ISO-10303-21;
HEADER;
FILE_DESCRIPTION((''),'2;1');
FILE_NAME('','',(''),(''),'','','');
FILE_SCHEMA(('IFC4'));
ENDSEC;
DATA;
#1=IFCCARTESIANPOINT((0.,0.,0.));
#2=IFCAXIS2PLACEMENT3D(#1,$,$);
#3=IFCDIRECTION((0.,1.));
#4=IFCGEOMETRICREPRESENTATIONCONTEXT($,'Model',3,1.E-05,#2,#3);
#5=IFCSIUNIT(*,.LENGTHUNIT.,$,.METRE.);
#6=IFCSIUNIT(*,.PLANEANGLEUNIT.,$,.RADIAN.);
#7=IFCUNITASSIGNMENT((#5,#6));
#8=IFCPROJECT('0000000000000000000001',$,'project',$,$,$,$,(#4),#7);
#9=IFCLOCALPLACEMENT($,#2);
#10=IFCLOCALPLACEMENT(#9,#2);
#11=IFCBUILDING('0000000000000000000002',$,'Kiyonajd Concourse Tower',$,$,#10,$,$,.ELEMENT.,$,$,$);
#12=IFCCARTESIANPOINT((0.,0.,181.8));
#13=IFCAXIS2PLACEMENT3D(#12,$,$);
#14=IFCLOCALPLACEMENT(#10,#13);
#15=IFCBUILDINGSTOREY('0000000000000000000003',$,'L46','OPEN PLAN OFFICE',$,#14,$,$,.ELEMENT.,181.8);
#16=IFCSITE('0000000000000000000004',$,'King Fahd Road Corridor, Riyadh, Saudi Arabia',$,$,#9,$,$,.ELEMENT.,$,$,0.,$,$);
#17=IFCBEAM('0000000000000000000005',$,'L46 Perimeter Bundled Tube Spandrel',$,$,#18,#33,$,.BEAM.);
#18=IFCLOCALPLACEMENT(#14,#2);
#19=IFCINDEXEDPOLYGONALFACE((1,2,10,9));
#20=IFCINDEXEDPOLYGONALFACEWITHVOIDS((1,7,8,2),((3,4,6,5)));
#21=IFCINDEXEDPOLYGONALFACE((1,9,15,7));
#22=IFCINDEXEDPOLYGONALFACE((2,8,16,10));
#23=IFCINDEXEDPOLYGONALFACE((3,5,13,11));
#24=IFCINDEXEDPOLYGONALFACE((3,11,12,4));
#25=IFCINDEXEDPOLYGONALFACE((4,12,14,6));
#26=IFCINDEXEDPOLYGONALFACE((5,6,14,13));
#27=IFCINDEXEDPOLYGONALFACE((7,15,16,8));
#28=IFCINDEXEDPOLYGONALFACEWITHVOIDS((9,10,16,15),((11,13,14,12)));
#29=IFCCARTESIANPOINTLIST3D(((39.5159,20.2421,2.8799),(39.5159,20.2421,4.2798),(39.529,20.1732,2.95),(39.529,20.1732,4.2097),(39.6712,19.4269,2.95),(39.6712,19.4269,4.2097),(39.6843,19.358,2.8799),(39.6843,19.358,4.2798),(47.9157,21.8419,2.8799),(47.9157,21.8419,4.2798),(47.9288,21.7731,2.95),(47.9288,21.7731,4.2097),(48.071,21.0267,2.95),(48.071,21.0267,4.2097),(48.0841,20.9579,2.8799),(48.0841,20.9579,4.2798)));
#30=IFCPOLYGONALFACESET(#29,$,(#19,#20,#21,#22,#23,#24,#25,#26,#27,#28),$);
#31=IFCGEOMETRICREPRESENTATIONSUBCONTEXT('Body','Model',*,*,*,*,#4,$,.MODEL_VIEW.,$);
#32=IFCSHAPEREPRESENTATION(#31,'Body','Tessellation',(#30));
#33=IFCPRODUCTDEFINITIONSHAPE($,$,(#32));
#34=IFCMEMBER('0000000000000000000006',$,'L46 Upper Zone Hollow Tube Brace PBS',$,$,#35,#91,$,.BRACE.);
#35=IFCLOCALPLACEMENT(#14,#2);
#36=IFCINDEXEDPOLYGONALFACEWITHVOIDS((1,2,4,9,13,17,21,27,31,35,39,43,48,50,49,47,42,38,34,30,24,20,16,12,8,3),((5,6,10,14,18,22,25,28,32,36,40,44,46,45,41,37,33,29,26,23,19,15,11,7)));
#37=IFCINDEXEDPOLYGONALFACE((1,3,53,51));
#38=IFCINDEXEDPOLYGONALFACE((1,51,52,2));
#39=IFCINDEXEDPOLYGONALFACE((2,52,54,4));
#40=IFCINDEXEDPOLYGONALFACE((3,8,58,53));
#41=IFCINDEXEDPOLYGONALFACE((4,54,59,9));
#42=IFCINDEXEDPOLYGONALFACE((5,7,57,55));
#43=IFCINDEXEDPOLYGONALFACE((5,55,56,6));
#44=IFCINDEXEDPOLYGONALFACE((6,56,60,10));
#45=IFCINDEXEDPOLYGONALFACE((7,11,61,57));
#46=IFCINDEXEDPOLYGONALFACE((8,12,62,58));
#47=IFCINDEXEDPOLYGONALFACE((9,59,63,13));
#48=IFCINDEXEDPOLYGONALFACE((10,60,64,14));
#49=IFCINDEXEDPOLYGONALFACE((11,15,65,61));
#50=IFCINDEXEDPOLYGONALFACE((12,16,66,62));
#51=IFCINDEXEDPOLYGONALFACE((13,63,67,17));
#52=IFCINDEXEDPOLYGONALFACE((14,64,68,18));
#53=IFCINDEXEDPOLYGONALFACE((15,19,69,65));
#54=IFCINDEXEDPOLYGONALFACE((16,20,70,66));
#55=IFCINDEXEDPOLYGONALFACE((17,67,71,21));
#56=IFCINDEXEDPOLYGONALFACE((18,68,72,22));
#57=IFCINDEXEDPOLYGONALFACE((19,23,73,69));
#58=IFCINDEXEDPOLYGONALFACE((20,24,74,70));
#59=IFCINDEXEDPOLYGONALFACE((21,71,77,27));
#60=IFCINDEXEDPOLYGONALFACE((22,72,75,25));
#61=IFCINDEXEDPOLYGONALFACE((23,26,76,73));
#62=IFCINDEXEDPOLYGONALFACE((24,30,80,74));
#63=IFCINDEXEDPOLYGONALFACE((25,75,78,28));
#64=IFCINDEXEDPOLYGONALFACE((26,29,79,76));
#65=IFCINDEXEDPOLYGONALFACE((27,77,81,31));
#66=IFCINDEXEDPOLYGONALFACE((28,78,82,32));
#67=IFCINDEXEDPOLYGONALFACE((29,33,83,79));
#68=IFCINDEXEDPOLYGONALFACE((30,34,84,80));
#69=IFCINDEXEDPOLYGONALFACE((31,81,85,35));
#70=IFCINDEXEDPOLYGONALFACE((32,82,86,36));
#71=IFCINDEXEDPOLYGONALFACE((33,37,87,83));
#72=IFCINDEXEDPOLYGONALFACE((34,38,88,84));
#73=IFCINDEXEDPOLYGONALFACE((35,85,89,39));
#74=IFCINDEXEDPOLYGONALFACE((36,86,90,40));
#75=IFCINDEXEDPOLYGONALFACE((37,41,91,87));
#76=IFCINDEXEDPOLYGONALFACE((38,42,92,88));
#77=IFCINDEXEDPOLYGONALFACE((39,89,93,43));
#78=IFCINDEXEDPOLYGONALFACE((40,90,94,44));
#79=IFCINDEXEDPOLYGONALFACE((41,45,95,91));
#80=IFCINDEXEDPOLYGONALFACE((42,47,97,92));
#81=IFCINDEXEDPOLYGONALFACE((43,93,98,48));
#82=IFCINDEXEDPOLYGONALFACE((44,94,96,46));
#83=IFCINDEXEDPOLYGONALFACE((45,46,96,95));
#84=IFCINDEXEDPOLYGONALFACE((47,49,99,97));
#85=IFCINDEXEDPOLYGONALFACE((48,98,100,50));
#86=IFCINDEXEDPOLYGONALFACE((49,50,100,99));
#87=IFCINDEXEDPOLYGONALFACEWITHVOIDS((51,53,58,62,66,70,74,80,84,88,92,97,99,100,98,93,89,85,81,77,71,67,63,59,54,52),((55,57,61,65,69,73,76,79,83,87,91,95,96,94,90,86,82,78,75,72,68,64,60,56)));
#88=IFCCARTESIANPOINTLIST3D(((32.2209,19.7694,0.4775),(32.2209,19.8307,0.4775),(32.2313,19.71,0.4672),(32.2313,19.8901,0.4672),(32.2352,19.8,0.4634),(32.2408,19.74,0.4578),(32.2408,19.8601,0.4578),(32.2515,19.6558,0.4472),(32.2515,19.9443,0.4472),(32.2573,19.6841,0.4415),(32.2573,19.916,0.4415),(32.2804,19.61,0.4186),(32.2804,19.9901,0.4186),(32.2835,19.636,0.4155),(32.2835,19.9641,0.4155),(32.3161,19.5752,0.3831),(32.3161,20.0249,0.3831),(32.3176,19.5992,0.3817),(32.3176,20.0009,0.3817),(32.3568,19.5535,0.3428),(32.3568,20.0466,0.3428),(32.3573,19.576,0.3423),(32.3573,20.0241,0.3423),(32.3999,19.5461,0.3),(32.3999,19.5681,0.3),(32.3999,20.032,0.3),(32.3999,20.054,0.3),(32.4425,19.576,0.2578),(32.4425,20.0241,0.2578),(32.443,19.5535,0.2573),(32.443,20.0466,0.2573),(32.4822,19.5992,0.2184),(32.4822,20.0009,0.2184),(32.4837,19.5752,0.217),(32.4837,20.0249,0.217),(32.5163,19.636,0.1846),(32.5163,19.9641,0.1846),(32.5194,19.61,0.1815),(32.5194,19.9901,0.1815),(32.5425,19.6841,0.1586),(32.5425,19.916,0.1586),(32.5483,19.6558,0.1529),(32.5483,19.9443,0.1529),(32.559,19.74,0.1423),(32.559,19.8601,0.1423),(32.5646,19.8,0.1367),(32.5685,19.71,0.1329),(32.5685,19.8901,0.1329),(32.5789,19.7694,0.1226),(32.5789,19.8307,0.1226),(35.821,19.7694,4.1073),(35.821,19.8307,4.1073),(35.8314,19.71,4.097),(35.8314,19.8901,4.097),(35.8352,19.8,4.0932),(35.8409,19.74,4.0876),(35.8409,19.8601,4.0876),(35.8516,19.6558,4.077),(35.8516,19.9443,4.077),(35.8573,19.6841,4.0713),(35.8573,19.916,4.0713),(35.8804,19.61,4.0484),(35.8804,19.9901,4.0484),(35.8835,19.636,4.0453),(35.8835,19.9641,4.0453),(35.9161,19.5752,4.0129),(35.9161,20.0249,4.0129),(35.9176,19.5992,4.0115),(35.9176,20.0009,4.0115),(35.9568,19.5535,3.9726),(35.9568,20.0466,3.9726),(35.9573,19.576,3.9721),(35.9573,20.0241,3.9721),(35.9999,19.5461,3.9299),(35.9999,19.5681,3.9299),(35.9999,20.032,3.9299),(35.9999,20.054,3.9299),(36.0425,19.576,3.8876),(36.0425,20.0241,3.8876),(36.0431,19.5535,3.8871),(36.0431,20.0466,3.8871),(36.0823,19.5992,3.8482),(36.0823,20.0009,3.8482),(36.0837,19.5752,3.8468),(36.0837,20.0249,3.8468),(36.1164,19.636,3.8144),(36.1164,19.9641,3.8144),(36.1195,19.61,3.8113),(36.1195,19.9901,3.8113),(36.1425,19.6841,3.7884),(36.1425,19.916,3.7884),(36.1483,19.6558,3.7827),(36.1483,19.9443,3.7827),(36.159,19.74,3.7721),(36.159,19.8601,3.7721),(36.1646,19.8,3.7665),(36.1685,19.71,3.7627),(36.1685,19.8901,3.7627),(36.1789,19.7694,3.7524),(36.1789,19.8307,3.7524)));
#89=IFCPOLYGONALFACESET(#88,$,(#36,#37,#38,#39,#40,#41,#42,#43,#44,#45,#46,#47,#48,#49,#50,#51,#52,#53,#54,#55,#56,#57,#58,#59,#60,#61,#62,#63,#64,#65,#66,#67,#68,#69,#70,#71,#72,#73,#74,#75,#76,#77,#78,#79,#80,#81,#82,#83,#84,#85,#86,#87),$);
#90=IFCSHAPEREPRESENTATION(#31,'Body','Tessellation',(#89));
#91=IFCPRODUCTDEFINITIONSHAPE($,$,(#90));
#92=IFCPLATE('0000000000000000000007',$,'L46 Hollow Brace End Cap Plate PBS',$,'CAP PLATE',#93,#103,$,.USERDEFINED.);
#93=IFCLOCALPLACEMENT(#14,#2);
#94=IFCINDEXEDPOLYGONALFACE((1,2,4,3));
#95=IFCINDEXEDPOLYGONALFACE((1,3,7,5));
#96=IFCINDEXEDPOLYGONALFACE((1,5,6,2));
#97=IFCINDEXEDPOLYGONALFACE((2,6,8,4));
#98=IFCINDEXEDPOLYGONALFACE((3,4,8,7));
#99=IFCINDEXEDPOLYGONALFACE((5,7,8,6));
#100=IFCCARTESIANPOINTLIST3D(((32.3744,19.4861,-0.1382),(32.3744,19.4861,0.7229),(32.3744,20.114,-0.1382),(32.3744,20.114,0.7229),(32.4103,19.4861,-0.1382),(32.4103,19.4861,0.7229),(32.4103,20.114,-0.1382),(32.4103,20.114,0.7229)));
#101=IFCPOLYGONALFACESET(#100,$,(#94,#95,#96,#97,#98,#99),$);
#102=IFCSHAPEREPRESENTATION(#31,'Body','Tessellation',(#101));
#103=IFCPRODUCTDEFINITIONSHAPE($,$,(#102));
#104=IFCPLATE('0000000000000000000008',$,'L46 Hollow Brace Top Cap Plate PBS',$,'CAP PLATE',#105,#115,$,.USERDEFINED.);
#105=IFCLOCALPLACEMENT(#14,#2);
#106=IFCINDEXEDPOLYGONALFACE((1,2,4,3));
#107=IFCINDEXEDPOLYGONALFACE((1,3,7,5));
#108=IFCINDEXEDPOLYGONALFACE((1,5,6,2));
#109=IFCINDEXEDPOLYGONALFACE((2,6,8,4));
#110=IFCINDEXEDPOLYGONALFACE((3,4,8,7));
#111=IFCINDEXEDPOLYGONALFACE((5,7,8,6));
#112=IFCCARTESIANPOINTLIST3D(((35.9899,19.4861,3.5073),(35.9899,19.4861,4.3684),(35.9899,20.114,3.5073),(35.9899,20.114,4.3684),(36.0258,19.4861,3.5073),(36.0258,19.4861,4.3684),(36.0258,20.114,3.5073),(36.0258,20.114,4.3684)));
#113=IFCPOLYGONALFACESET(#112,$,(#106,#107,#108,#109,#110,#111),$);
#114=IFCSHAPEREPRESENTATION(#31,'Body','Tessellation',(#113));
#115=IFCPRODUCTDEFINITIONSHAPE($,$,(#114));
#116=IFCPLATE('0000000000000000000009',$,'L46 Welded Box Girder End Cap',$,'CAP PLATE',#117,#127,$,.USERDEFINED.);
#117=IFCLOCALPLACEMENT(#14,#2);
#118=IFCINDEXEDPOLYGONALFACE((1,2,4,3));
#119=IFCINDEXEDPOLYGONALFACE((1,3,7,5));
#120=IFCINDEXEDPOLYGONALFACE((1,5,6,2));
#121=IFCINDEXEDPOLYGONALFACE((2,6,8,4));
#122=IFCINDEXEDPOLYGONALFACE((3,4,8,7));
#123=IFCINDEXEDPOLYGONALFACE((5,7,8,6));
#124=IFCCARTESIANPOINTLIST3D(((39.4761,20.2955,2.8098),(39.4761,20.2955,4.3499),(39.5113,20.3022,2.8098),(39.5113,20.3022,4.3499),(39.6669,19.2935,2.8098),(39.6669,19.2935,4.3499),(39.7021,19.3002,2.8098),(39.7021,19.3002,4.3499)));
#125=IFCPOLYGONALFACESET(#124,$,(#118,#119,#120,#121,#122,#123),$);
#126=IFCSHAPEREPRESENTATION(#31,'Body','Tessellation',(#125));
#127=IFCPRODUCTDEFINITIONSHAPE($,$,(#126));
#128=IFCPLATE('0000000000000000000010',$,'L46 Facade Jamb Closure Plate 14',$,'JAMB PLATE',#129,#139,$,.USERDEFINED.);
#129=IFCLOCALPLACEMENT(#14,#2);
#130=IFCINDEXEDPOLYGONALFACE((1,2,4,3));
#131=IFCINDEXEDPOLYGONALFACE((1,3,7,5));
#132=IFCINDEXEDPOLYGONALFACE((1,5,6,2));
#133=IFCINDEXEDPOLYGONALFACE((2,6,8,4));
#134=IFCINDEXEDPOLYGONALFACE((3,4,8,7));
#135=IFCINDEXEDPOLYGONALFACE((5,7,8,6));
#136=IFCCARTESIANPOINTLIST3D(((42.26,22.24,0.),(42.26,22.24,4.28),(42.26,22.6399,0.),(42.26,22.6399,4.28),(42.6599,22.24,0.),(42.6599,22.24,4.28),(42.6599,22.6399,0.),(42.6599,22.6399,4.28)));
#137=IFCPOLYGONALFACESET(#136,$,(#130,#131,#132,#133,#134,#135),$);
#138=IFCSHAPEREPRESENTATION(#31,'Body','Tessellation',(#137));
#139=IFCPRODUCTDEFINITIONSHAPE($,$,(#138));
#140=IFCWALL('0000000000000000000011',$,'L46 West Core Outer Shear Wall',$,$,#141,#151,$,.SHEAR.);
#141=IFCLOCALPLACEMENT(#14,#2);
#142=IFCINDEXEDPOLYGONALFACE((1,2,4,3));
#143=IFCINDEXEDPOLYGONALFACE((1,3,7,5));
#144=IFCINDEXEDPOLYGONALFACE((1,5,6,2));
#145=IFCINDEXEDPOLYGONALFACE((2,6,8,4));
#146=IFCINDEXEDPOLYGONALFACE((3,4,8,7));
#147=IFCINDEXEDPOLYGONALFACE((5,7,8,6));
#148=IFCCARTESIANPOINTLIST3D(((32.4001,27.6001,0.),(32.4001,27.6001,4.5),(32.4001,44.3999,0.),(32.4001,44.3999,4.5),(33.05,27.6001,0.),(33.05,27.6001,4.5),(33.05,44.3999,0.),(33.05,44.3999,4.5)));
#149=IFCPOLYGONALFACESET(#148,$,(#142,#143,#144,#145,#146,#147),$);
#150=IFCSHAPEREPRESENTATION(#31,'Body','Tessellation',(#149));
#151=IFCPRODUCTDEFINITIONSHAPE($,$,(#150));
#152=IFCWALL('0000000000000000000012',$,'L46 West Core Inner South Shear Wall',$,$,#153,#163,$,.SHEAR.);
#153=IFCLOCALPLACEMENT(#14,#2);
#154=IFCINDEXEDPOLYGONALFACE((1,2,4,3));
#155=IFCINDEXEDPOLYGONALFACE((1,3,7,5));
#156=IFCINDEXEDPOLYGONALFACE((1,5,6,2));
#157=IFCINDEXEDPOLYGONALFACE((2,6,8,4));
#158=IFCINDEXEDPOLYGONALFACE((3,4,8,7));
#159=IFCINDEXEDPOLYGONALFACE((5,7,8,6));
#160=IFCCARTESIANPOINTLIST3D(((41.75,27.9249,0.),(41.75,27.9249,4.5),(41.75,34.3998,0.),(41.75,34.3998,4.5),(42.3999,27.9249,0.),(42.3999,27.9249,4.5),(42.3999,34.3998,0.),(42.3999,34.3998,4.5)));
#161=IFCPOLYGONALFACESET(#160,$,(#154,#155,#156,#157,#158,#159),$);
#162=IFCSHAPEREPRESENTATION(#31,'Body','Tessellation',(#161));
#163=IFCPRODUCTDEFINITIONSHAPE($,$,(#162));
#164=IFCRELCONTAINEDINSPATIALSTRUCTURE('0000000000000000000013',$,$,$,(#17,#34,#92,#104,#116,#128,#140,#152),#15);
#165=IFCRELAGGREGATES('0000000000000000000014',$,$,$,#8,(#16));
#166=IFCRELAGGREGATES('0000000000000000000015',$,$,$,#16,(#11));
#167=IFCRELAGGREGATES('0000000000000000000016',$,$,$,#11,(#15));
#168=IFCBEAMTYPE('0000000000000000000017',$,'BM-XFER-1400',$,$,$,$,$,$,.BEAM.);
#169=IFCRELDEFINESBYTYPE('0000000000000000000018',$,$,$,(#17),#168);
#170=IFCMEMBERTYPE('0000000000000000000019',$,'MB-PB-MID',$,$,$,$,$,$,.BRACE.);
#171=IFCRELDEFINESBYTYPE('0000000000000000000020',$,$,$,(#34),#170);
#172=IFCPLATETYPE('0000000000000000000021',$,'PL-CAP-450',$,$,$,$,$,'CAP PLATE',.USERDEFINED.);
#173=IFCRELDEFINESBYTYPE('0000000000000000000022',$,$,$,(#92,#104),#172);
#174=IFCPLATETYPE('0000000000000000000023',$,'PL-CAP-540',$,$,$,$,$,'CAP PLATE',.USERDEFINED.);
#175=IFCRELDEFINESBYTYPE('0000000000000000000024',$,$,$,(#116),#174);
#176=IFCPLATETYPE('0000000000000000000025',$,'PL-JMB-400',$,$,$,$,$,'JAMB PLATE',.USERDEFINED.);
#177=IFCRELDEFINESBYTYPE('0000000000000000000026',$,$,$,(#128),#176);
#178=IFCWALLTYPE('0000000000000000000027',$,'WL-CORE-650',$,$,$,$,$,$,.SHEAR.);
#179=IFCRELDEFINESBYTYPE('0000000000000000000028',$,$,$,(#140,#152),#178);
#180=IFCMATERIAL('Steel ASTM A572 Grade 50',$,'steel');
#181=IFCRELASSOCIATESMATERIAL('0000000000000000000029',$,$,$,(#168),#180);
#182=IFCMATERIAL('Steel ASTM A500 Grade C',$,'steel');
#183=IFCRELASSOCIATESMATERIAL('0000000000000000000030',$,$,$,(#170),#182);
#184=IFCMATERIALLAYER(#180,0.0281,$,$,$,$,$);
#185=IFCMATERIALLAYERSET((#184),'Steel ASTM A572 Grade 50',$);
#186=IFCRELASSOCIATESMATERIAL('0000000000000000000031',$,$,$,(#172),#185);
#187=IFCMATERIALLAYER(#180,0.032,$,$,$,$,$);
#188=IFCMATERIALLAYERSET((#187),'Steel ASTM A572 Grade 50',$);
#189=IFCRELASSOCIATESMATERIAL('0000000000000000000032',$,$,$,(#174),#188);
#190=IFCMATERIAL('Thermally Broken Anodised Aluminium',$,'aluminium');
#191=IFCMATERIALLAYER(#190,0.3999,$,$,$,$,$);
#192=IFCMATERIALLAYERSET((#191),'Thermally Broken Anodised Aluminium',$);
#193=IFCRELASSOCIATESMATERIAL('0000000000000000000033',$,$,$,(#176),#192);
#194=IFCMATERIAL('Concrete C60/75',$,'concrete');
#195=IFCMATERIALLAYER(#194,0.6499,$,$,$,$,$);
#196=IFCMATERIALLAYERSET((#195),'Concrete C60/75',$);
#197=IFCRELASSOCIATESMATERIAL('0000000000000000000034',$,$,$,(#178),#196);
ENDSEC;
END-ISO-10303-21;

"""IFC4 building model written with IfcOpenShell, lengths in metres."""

from ifc_helpers import new_model, si_unit, direction, frame, frame_2d, origin, origin_2d, place, context, subcontext, project, spatial, rectangle, hollow_rectangle, hollow_circle, extrude, material, layer, layer_set, material_profile, profile_set, type_object, element, save


model = new_model("IFC4")

# Units and contexts
model_context = context("Model", 3, precision=1e-05, world=origin(), true_north=direction((0.0, 1.0)))
body_context = subcontext(model_context, "Body", "Model", "MODEL_VIEW")
ifc_project = project(units=[si_unit("LENGTHUNIT", "METRE"), si_unit("PLANEANGLEUNIT", "RADIAN")], contexts=[model_context])

# Site, building, storey
site_placement = place(None, origin())
site = spatial("IfcSite", under=ifc_project, at=site_placement, Name="King Fahd Road Corridor, Riyadh, Saudi Arabia", CompositionType="ELEMENT", RefElevation=0.0)
building_placement = place(site_placement, origin())
building = spatial("IfcBuilding", under=site, at=building_placement, Name="Kiyonajd Concourse Tower", CompositionType="ELEMENT")
storey_placement = place(building_placement, frame((0.0, 0.0, 181.8)))
storey = spatial("IfcBuildingStorey", under=building, at=storey_placement, Name="L46", Description="OPEN PLAN OFFICE", CompositionType="ELEMENT", Elevation=181.8)

# Beam
ifc_material_1 = material(Name="Concrete C60/75", Category="concrete")
ifc_material_2 = material(Name="Steel ASTM A572 Grade 50", Category="steel")
ifc_material_profile_1 = material_profile(ifc_material_2, hollow_rectangle(XDim=0.8999, YDim=1.3999, WallThickness=0.0701, at=origin_2d()), Name="BOX-1400x900x70")
ifc_profile_set_1 = profile_set([ifc_material_profile_1], Name="Steel ASTM A572 Grade 50")
beam_type_1 = type_object("IfcBeamType", Name="BM-XFER-1400", PredefinedType="BEAM", material=ifc_profile_set_1)
beam_1_placement = place(storey_placement, frame((39.6001, 19.8, 3.5798), z_axis=(0.982341, 0.187098, 0.0), x_axis=(-0.187098, 0.982341, 0.0)))
element("IfcBeam", 1, at=beam_1_placement, inside=storey, type_object=beam_type_1, Name="L46 Perimeter Bundled Tube Spandrel", PredefinedType="BEAM", context=body_context, shape_type="SweptSolid", body=[
    extrude(hollow_rectangle(XDim=0.8999, YDim=1.3999, WallThickness=0.0701, at=origin_2d()), origin(), (0.0, 0.0, 1.0), 8.5508),
])

# Member
ifc_material_3 = material(Name="Steel ASTM A500 Grade C", Category="steel")
ifc_material_profile_2 = material_profile(ifc_material_3, hollow_circle(Radius=0.2539, WallThickness=0.022, at=origin_2d()), Name="CHS-508x22")
ifc_profile_set_2 = profile_set([ifc_material_profile_2], Name="Steel ASTM A500 Grade C")
member_type = type_object("IfcMemberType", Name="MB-PB-MID", PredefinedType="BRACE", material=ifc_profile_set_2)
member_placement = place(storey_placement, frame((32.3999, 19.8, 0.3), z_axis=(0.704188, 0.0, 0.710014), x_axis=(0.0, 1.0, 0.0)))
element("IfcMember", 2, at=member_placement, inside=storey, type_object=member_type, Name="L46 Upper Zone Hollow Tube Brace PBS", PredefinedType="BRACE", context=body_context, shape_type="SweptSolid", body=[
    extrude(hollow_circle(Radius=0.2539, WallThickness=0.022, at=origin_2d()), origin(), (0.0, 0.0, 1.0), 5.1123),
])

# Plates
ifc_layer_1 = layer(ifc_material_2, 0.0281)
ifc_layer_set_1 = layer_set([ifc_layer_1], Name="Steel ASTM A572 Grade 50")
plate_type_1 = type_object("IfcPlateType", Name="PL-CAP-450", ElementType="CAP PLATE", PredefinedType="USERDEFINED", material=ifc_layer_set_1)
for number, where, z_axis, x_axis, name in (
    (3, (32.3923, 19.8, -0.1382), (0.0, 0.0, 1.0), (-1.0, 0.0, 0.0), "L46 Hollow Brace End Cap Plate PBS"),
    (4, (36.0078, 19.8, 3.5073), (0.0, 0.0, 1.0), (1.0, 0.0, 0.0), "L46 Hollow Brace Top Cap Plate PBS"),
):
    element("IfcPlate", number, at=place(storey_placement, frame(where, z_axis=z_axis, x_axis=x_axis)), inside=storey, type_object=plate_type_1, Name=name, ObjectType="CAP PLATE", PredefinedType="USERDEFINED", context=body_context, shape_type="SweptSolid", body=[
        extrude(rectangle(XDim=0.0359, YDim=0.6279, at=origin_2d()), origin(), (0.0, 0.0, 1.0), 0.8611),
    ])
ifc_layer_2 = layer(ifc_material_2, 0.032)
ifc_layer_set_2 = layer_set([ifc_layer_2], Name="Steel ASTM A572 Grade 50")
plate_type_2 = type_object("IfcPlateType", Name="PL-CAP-540", ElementType="CAP PLATE", PredefinedType="USERDEFINED", material=ifc_layer_set_2)
plate_1_placement = place(storey_placement, frame((39.5891, 19.7979, 2.8098), z_axis=(0.0, 0.0, 1.0), x_axis=(-0.982353, -0.187038, 0.0)))
element("IfcPlate", 5, at=plate_1_placement, inside=storey, type_object=plate_type_2, Name="L46 Welded Box Girder End Cap", ObjectType="CAP PLATE", PredefinedType="USERDEFINED", context=body_context, shape_type="SweptSolid", body=[
    extrude(rectangle(XDim=0.0359, YDim=1.02, at=origin_2d()), origin(), (0.0, 0.0, 1.0), 1.54),
])
ifc_material_4 = material(Name="Thermally Broken Anodised Aluminium", Category="aluminium")
ifc_layer_3 = layer(ifc_material_4, 0.3999)
ifc_layer_set_3 = layer_set([ifc_layer_3], Name="Thermally Broken Anodised Aluminium")
plate_type_3 = type_object("IfcPlateType", Name="PL-JMB-400", ElementType="JAMB PLATE", PredefinedType="USERDEFINED", material=ifc_layer_set_3)
plate_2_placement = place(storey_placement, frame((42.46, 22.4399, 0.0), z_axis=(0.0, 0.0, 1.0), x_axis=(1.0, 0.0, 0.0)))
element("IfcPlate", 6, at=plate_2_placement, inside=storey, type_object=plate_type_3, Name="L46 Facade Jamb Closure Plate 14", ObjectType="JAMB PLATE", PredefinedType="USERDEFINED", context=body_context, shape_type="SweptSolid", body=[
    extrude(rectangle(XDim=0.3999, YDim=0.3999, at=origin_2d()), origin(), (0.0, 0.0, 1.0), 4.28),
])

# Walls
ifc_layer_4 = layer(ifc_material_1, 0.6499)
ifc_layer_set_4 = layer_set([ifc_layer_4], Name="Concrete C60/75")
wall_type_1 = type_object("IfcWallType", Name="WL-CORE-650", PredefinedType="SHEAR", material=ifc_layer_set_4)
wall_1_placement = place(storey_placement, frame((32.7251, 27.6001, 0.0), z_axis=(0.0, 0.0, 1.0), x_axis=(0.0, 1.0, 0.0)))
element("IfcWall", 7, at=wall_1_placement, inside=storey, type_object=wall_type_1, Name="L46 West Core Outer Shear Wall", PredefinedType="SHEAR", context=body_context, shape_type="SweptSolid", body=[
    extrude(rectangle(XDim=16.7998, YDim=0.6499, at=frame_2d((8.3999, 0.0))), origin(), (0.0, 0.0, 1.0), 4.5),
])
wall_2_placement = place(storey_placement, frame((42.075, 27.925, 0.0), z_axis=(0.0, 0.0, 1.0), x_axis=(0.0, 1.0, 0.0)))
element("IfcWall", 8, at=wall_2_placement, inside=storey, type_object=wall_type_1, Name="L46 West Core Inner South Shear Wall", PredefinedType="SHEAR", context=body_context, shape_type="SweptSolid", body=[
    extrude(rectangle(XDim=6.4749, YDim=0.6499, at=frame_2d((3.2373, 0.0))), origin(), (0.0, 0.0, 1.0), 4.5),
])

save(model, "model.ifc")
